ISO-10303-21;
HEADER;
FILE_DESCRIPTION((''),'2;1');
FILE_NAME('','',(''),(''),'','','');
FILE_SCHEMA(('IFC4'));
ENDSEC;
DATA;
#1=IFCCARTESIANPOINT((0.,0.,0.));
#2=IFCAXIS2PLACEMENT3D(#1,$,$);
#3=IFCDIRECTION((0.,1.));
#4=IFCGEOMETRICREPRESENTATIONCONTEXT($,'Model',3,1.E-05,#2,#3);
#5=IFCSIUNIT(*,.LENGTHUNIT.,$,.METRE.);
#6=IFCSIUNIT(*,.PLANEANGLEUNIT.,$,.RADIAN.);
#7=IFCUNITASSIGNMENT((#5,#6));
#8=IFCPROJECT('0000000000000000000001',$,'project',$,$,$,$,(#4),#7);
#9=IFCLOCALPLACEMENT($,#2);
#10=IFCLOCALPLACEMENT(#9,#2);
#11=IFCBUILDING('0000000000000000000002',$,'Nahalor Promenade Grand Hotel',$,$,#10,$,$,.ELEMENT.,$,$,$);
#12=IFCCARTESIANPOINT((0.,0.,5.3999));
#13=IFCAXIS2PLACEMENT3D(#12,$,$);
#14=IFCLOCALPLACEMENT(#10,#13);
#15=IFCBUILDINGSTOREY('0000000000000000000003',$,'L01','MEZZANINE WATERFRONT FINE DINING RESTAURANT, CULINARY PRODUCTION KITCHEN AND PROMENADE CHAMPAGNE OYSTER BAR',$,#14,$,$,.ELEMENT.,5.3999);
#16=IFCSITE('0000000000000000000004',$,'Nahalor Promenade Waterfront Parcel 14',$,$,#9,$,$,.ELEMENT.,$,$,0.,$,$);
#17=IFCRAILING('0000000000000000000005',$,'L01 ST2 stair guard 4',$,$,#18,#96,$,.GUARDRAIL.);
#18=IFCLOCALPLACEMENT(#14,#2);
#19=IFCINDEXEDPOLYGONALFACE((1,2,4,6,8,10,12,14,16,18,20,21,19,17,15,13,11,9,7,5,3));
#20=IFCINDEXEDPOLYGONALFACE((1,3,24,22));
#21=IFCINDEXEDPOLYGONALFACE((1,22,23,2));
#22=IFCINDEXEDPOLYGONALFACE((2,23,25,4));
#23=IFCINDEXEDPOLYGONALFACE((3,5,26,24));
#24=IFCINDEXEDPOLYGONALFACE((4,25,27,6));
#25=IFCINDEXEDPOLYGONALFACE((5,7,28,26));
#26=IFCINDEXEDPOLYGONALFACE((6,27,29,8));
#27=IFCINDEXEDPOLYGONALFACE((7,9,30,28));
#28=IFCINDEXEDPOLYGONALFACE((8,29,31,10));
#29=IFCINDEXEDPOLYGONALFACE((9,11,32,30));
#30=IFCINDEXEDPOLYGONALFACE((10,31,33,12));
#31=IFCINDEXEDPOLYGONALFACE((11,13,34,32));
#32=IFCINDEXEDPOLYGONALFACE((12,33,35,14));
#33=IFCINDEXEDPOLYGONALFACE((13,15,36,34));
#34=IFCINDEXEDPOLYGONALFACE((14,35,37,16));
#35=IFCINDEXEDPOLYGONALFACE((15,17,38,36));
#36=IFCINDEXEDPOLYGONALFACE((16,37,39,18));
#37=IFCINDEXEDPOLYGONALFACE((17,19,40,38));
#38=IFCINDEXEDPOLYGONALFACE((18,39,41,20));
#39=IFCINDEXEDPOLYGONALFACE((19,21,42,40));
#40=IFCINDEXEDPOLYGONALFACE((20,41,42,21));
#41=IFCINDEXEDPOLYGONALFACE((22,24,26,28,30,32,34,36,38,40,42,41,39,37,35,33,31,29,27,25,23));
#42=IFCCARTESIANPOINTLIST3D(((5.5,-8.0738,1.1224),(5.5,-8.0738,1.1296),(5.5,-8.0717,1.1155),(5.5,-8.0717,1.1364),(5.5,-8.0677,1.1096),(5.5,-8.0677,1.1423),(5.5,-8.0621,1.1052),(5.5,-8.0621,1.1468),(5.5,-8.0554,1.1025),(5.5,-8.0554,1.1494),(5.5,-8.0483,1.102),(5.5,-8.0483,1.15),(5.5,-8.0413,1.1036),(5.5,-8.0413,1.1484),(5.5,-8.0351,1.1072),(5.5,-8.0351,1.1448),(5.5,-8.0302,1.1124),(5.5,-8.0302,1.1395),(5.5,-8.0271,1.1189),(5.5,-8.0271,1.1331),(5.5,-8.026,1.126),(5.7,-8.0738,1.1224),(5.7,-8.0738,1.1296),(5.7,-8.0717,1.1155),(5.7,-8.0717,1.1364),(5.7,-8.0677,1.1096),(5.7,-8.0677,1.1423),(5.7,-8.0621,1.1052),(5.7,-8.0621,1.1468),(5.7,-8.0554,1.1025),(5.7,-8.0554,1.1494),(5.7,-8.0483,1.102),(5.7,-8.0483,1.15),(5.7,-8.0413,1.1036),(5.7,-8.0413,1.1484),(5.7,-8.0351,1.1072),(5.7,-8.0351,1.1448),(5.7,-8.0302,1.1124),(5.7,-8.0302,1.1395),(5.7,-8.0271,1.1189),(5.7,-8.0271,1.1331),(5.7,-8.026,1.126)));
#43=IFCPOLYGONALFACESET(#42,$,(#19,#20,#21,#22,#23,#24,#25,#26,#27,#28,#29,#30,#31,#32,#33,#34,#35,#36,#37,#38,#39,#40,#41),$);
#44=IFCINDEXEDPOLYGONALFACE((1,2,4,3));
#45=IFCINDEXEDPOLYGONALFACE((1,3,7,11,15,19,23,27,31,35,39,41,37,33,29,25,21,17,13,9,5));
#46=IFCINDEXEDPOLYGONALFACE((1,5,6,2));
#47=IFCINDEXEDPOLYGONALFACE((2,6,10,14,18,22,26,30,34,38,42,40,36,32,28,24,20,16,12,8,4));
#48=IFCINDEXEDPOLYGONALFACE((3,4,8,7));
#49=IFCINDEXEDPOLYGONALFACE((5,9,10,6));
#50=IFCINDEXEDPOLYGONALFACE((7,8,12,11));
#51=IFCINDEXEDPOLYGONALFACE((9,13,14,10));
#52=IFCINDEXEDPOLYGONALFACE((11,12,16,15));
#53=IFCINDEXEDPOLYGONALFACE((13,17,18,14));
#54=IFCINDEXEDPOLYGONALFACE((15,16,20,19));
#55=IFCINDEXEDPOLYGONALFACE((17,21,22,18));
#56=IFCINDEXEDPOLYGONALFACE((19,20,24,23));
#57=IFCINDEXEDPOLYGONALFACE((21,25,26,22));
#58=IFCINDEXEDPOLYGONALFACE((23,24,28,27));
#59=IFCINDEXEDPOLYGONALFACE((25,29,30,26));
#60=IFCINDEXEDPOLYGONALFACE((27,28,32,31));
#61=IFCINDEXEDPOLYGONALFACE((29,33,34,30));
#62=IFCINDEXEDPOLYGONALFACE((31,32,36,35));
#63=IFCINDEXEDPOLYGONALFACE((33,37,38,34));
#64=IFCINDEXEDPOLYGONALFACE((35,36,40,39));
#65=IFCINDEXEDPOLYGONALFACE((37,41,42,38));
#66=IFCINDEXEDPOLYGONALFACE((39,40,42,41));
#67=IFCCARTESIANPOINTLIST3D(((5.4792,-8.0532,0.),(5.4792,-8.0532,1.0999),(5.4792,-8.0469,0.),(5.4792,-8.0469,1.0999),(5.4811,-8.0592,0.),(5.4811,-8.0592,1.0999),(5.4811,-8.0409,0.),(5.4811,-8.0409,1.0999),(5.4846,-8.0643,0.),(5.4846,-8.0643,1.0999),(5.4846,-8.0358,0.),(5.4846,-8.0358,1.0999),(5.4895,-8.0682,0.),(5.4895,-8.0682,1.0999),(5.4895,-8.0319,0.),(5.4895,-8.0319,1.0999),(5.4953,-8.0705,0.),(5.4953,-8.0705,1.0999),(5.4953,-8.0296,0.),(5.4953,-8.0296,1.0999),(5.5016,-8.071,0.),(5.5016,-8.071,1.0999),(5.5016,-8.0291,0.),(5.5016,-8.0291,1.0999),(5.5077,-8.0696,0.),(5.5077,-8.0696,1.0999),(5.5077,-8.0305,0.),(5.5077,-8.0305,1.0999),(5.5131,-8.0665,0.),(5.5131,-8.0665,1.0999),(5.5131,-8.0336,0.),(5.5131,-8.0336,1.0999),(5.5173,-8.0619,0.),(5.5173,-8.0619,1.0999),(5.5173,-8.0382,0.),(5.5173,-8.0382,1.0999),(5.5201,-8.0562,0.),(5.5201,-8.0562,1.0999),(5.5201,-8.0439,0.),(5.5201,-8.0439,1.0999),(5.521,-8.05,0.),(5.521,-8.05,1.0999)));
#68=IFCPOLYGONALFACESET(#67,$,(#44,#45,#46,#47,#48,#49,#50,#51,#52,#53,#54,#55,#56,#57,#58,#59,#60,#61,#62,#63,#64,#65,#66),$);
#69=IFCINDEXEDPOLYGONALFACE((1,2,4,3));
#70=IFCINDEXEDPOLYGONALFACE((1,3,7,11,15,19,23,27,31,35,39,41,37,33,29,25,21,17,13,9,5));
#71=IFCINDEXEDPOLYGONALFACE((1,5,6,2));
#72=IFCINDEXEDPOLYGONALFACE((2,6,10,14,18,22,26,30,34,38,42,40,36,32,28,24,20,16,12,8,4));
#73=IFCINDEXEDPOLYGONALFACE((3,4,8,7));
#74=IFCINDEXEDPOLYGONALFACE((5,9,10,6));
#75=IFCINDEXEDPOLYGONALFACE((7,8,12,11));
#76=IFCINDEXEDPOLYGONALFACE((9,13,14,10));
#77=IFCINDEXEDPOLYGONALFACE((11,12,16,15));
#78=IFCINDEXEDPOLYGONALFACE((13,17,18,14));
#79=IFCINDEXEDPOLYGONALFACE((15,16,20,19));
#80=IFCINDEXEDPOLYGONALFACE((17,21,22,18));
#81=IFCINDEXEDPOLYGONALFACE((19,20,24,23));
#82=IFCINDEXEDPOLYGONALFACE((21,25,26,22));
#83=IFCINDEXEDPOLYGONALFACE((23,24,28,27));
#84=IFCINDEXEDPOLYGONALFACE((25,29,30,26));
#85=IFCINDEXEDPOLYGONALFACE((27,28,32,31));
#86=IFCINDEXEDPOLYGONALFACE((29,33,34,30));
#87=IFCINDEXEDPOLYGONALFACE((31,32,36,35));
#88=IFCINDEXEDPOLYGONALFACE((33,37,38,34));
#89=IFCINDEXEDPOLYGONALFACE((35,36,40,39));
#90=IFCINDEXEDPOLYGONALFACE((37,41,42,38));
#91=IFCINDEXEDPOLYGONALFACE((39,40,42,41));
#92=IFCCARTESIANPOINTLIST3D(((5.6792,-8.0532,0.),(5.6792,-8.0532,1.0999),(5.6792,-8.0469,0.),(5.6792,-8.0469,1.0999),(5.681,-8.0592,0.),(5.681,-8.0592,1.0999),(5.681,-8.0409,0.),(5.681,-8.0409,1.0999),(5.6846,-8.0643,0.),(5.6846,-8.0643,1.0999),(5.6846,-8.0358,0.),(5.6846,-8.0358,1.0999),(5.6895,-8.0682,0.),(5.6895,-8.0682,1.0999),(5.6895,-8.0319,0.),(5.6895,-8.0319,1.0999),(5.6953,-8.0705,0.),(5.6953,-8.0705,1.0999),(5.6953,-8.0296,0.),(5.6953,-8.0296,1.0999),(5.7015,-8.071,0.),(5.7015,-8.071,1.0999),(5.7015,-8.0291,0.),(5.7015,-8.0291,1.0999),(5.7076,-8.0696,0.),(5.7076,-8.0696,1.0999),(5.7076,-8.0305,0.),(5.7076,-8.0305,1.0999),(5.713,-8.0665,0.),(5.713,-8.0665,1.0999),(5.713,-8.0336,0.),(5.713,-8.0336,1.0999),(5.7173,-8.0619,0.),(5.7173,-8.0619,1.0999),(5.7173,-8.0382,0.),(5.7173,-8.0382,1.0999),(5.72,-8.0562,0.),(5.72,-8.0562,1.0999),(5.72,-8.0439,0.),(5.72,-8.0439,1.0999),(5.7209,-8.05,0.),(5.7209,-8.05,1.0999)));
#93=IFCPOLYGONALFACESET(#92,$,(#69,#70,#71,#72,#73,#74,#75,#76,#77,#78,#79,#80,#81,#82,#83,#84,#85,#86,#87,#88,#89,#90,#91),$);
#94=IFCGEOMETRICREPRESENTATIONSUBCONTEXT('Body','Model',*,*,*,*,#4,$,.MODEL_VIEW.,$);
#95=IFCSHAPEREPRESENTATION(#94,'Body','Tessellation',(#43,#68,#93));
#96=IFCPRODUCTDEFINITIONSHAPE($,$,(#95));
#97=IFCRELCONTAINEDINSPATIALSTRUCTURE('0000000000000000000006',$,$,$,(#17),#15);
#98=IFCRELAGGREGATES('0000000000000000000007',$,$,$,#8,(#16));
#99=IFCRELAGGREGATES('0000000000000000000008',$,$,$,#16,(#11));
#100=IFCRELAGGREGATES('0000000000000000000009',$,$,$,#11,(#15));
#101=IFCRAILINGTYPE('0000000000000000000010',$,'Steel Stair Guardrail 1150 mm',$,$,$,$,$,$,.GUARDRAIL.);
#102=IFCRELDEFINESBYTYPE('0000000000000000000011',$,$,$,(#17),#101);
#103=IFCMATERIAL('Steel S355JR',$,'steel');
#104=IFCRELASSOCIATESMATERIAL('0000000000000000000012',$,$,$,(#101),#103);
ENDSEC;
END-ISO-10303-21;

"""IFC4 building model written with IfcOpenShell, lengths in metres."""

from ifc_helpers import new_model, si_unit, direction, frame, origin, origin_2d, place, context, subcontext, project, spatial, circle, extrude, material, type_object, element, save


model = new_model("IFC4")

# Units and contexts
model_context = context("Model", 3, precision=1e-05, world=origin(), true_north=direction((0.0, 1.0)))
body_context = subcontext(model_context, "Body", "Model", "MODEL_VIEW")
ifc_project = project(units=[si_unit("LENGTHUNIT", "METRE"), si_unit("PLANEANGLEUNIT", "RADIAN")], contexts=[model_context])

# Site, building, storey
site_placement = place(None, origin())
site = spatial("IfcSite", under=ifc_project, at=site_placement, Name="Nahalor Promenade Waterfront Parcel 14", CompositionType="ELEMENT", RefElevation=0.0)
building_placement = place(site_placement, origin())
building = spatial("IfcBuilding", under=site, at=building_placement, Name="Nahalor Promenade Grand Hotel", CompositionType="ELEMENT")
storey_placement = place(building_placement, frame((0.0, 0.0, 5.3999)))
storey = spatial("IfcBuildingStorey", under=building, at=storey_placement, Name="L01", Description="MEZZANINE WATERFRONT FINE DINING RESTAURANT, CULINARY PRODUCTION KITCHEN AND PROMENADE CHAMPAGNE OYSTER BAR", CompositionType="ELEMENT", Elevation=5.3999)

# Shared definitions
ifc_material_1 = material(Name="Steel S355JR", Category="steel")

# Railing
railing_type_1 = type_object("IfcRailingType", Name="Steel Stair Guardrail 1150 mm", PredefinedType="GUARDRAIL", material=ifc_material_1)
railing_1_placement = place(storey_placement, frame((5.5, -8.05, 0.0)))
element("IfcRailing", 1, at=railing_1_placement, inside=storey, type_object=railing_type_1, Name="L01 ST2 stair guard 4", PredefinedType="GUARDRAIL", context=body_context, shape_type="SweptSolid", body=[
    extrude(circle(Radius=0.024, at=origin_2d()), frame((0.0, 0.0, 1.126), z_axis=(1.0, 0.0, 0.0), x_axis=(0.0, 1.0, 0.0)), (0.0, 0.0, 1.0), 0.2),
    extrude(circle(Radius=0.021, at=origin_2d()), origin(), (0.0, 0.0, 1.0), 1.0999),
    extrude(circle(Radius=0.021, at=origin_2d()), frame((0.2, 0.0, 0.0)), (0.0, 0.0, 1.0), 1.0999),
])

save(model, "model.ifc")
